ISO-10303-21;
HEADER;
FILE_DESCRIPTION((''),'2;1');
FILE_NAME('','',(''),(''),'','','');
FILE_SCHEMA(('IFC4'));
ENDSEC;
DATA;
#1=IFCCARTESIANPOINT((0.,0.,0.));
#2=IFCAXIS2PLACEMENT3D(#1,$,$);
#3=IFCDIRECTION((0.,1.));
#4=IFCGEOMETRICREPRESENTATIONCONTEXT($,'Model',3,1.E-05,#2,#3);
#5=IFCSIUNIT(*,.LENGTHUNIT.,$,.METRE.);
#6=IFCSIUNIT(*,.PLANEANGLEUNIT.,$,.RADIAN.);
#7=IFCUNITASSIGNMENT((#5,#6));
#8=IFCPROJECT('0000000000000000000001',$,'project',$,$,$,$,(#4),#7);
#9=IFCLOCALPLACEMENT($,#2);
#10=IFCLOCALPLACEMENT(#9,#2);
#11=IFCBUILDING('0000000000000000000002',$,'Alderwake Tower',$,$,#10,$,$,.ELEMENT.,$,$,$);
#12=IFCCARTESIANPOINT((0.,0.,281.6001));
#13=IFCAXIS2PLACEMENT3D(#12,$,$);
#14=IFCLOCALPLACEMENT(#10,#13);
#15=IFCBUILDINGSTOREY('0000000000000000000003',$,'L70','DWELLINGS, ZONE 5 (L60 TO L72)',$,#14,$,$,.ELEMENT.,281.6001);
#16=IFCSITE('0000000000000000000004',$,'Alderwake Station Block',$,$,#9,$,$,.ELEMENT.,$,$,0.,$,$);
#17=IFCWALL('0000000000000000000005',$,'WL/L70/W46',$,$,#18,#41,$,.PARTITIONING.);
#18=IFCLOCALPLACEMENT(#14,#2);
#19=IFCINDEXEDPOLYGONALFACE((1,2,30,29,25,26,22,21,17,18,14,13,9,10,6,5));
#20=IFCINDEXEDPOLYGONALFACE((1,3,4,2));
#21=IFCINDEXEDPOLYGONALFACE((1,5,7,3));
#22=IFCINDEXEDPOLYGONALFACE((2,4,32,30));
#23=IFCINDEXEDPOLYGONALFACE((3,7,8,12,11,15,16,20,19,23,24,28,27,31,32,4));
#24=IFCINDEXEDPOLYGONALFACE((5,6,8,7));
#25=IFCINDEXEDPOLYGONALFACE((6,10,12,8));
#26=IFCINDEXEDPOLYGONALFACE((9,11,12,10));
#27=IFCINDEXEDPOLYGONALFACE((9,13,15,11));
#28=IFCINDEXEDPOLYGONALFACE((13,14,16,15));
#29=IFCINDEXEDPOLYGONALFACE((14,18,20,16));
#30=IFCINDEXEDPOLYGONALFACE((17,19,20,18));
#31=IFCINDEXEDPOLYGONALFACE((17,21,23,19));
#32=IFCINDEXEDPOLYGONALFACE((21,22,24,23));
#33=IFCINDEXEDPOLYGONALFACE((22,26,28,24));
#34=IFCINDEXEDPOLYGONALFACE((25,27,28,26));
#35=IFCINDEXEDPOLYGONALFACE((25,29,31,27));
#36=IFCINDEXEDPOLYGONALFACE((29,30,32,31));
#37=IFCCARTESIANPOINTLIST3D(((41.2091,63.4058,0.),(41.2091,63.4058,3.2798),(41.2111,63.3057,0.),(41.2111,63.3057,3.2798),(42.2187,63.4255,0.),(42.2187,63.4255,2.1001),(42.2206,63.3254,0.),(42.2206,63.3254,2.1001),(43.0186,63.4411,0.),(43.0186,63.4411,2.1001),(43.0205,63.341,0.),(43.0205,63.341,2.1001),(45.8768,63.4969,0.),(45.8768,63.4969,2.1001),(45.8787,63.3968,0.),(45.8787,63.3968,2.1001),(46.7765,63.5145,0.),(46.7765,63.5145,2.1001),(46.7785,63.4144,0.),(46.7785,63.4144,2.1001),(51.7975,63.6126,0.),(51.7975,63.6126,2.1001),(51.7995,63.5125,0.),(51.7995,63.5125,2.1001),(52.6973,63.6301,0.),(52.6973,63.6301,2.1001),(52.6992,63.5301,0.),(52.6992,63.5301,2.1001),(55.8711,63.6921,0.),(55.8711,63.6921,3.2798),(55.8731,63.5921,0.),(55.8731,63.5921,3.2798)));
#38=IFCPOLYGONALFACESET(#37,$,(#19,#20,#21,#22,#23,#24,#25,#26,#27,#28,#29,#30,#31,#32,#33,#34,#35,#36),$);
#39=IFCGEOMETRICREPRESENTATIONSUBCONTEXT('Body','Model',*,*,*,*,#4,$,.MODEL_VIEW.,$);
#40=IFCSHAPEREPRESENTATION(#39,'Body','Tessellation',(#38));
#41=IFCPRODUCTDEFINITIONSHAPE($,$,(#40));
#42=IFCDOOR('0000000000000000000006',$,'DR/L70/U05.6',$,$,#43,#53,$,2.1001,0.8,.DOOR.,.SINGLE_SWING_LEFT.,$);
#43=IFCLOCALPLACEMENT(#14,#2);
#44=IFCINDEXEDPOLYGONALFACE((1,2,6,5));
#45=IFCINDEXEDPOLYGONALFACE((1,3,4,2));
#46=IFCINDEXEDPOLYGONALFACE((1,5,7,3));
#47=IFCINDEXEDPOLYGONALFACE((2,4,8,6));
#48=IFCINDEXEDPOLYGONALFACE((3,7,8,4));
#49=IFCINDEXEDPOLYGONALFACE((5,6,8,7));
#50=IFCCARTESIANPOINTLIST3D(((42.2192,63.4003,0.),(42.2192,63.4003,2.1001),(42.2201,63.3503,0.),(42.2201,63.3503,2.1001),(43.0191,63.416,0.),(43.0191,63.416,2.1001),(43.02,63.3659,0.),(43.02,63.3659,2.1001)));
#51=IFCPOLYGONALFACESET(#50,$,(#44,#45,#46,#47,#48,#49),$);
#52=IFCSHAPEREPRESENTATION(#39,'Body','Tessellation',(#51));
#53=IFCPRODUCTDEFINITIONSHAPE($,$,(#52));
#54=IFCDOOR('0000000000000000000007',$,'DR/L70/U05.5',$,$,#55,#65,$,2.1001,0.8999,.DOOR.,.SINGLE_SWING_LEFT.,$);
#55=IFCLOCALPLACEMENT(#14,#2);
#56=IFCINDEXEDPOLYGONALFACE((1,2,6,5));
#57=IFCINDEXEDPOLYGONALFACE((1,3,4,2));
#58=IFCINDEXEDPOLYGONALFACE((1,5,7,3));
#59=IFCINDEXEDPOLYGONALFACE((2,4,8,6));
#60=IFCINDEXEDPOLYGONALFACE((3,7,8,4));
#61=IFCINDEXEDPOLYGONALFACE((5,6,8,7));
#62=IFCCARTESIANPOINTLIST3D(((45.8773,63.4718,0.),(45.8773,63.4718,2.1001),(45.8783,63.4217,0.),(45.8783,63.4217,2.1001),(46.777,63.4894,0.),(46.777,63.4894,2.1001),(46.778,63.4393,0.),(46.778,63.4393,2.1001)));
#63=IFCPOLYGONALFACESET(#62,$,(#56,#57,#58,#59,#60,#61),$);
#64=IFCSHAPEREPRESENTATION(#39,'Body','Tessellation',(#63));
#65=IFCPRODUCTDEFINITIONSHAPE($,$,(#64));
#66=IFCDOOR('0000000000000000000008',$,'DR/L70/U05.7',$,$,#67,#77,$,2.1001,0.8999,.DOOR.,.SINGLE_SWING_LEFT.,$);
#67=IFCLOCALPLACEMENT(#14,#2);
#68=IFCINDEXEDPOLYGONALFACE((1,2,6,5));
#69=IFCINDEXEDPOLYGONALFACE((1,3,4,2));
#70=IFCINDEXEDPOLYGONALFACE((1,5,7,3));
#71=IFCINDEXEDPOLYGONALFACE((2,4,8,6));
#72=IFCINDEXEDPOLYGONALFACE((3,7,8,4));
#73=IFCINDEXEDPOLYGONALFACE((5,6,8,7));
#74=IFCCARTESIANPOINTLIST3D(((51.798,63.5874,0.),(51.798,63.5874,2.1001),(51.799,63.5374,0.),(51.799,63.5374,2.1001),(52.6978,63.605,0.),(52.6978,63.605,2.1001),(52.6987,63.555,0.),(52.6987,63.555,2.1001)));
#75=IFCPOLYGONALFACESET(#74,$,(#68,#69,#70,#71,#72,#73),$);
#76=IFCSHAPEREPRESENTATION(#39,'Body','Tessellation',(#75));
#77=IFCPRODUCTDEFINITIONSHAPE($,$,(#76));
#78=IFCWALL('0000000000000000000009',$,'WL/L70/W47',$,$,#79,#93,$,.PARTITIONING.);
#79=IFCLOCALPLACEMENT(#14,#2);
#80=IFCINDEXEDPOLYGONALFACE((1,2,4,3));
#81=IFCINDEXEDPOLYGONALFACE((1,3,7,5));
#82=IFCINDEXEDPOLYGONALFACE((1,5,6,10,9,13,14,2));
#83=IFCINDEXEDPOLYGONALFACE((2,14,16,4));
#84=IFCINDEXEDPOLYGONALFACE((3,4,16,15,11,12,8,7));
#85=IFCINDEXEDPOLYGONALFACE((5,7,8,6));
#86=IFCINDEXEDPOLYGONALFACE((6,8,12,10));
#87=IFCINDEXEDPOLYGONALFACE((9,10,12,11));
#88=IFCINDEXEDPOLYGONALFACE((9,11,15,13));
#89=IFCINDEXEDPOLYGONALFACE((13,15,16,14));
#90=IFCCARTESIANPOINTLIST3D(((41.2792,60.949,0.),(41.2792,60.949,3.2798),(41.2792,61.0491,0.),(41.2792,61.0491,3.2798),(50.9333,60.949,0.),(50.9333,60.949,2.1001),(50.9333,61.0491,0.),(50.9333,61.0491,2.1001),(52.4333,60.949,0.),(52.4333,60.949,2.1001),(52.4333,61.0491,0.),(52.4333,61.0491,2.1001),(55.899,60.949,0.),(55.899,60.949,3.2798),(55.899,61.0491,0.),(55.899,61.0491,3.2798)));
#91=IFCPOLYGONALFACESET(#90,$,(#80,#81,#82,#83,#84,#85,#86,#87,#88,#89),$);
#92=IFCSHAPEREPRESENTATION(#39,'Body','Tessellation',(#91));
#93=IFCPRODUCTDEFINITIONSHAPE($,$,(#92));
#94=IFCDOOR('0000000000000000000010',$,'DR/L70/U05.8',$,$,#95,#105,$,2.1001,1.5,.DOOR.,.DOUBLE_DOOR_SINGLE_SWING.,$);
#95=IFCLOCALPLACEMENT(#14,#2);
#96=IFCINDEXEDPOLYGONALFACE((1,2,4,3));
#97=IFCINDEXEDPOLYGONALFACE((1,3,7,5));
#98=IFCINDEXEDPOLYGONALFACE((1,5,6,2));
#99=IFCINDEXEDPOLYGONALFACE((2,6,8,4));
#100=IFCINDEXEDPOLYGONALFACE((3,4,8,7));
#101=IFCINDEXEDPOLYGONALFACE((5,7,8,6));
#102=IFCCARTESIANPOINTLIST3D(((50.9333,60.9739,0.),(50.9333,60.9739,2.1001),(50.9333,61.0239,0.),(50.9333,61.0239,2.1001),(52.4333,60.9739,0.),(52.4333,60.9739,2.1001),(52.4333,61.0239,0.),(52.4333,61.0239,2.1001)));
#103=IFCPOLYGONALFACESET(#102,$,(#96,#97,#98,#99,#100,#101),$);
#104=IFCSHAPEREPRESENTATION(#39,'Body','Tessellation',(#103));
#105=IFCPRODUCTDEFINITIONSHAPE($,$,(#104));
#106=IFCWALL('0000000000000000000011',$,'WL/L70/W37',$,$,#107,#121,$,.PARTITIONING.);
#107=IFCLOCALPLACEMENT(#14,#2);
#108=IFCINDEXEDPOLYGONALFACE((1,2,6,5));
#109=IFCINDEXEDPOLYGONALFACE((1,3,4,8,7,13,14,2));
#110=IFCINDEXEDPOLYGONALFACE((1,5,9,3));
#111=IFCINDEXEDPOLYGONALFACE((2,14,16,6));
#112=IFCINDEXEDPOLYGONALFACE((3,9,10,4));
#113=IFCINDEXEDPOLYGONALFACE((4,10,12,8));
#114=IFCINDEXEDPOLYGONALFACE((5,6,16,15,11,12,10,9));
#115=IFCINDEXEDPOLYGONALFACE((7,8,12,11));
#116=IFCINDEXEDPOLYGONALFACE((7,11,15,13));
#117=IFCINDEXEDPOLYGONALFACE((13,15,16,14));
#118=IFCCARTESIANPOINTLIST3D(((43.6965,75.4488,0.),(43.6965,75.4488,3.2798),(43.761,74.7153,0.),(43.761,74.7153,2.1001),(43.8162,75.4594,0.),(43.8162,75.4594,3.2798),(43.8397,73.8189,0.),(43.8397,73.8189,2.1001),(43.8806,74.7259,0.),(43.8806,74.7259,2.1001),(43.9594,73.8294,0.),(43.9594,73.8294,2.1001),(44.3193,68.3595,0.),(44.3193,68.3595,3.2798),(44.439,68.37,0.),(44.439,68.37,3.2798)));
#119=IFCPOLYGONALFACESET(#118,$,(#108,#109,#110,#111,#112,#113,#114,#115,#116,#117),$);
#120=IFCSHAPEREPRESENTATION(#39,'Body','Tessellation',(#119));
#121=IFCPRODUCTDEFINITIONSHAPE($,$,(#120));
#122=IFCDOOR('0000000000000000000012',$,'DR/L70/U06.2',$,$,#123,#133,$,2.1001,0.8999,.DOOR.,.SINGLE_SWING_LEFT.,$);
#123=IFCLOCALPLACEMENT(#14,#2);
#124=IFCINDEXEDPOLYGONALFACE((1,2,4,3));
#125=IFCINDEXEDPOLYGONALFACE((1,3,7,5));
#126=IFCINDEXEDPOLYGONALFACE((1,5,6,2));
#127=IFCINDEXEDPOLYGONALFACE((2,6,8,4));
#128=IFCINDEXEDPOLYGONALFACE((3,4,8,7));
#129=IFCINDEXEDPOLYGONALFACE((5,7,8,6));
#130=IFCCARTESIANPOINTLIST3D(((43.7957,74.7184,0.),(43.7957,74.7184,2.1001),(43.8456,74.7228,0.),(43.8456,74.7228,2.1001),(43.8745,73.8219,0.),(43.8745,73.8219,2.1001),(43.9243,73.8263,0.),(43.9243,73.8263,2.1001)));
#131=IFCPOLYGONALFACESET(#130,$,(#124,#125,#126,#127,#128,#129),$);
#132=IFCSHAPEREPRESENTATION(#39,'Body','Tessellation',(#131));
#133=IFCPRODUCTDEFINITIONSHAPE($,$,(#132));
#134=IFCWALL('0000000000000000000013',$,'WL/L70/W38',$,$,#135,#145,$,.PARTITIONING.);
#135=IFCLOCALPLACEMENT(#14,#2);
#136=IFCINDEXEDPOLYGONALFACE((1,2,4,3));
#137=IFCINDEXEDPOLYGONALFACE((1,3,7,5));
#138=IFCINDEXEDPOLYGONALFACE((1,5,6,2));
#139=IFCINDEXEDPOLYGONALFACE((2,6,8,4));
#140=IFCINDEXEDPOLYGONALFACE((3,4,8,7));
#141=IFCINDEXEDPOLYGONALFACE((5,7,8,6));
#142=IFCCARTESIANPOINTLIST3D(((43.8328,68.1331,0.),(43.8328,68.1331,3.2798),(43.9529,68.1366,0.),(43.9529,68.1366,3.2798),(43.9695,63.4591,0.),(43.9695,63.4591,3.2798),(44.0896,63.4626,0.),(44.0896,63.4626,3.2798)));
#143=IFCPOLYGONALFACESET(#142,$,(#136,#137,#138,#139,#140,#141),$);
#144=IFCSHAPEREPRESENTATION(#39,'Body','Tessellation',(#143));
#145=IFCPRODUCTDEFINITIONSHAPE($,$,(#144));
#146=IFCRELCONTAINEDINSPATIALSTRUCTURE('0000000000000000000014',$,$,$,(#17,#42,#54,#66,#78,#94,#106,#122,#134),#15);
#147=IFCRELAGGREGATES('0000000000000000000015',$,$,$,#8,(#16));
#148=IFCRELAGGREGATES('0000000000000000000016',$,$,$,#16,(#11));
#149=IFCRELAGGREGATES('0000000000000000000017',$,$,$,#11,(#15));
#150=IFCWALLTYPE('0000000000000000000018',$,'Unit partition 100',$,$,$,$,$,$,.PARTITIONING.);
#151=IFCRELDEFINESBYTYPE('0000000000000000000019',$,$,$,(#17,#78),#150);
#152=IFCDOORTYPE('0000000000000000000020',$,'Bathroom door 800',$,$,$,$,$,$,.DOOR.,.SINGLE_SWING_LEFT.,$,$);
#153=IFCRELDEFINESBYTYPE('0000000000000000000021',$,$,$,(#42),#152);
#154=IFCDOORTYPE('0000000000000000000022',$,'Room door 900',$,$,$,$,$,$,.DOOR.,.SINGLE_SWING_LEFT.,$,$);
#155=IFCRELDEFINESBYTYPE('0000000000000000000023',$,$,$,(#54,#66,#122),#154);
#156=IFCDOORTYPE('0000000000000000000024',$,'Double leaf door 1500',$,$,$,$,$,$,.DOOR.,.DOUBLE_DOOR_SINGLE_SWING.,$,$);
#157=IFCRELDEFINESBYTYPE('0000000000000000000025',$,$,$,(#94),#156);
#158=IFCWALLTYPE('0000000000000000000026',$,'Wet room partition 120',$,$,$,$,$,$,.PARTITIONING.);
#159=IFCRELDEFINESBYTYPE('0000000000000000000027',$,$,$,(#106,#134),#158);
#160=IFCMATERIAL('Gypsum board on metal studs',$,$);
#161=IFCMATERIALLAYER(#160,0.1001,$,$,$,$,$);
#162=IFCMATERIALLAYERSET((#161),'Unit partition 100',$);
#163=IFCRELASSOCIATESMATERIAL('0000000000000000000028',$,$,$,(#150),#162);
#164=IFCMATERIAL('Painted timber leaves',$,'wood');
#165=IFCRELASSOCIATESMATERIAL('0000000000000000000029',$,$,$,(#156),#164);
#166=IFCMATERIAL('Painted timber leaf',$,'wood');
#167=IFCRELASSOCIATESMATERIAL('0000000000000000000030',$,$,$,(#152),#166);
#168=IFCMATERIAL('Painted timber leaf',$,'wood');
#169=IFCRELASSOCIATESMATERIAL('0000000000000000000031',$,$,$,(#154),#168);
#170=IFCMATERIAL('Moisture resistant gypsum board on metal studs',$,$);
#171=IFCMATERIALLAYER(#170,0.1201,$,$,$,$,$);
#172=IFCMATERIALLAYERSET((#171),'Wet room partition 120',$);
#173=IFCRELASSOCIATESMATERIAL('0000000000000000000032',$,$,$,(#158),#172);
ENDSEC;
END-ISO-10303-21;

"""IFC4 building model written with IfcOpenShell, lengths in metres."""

from ifc_helpers import new_model, si_unit, direction, frame, frame_2d, origin, place, context, subcontext, project, spatial, rectangle, extrude, material, layer, layer_set, type_object, element, fill, save


model = new_model("IFC4")

# Units and contexts
model_context = context("Model", 3, precision=1e-05, world=origin(), true_north=direction((0.0, 1.0)))
body_context = subcontext(model_context, "Body", "Model", "MODEL_VIEW")
ifc_project = project(units=[si_unit("LENGTHUNIT", "METRE"), si_unit("PLANEANGLEUNIT", "RADIAN")], contexts=[model_context])

# Site, building, storey
site_placement = place(None, origin())
site = spatial("IfcSite", under=ifc_project, at=site_placement, Name="Alderwake Station Block", CompositionType="ELEMENT", RefElevation=0.0)
building_placement = place(site_placement, origin())
building = spatial("IfcBuilding", under=site, at=building_placement, Name="Alderwake Tower", CompositionType="ELEMENT")
storey_placement = place(building_placement, frame((0.0, 0.0, 281.6001)))
storey = spatial("IfcBuildingStorey", under=building, at=storey_placement, Name="L70", Description="DWELLINGS, ZONE 5 (L60 TO L72)", CompositionType="ELEMENT", Elevation=281.6001)

# Shared definitions
ifc_material_1 = material(Name="Gypsum board on metal studs")
ifc_layer_1 = layer(ifc_material_1, 0.1001)
ifc_layer_set_1 = layer_set([ifc_layer_1], Name="Unit partition 100")
wall_type_1 = type_object("IfcWallType", Name="Unit partition 100", PredefinedType="PARTITIONING", material=ifc_layer_set_1)
ifc_material_2 = material(Name="Painted timber leaves", Category="wood")
door_type_1 = type_object("IfcDoorType", Name="Double leaf door 1500", OperationType="DOUBLE_DOOR_SINGLE_SWING", PredefinedType="DOOR", material=ifc_material_2)

# Wall, openings, doors
wall_1_placement = place(storey_placement, frame((41.21, 63.3557, 0.0), z_axis=(0.0, 0.0, 1.0), x_axis=(0.999809, 0.019528, 0.0)))
wall_1 = element("IfcWall", 1, at=wall_1_placement, inside=storey, type_object=wall_type_1, Name="WL/L70/W46", PredefinedType="PARTITIONING", context=body_context, shape_type="SweptSolid", body=[
    extrude(rectangle(XDim=14.6648, YDim=0.1001, at=frame_2d((7.3325, 0.0))), origin(), (0.0, 0.0, 1.0), 3.2798),
])
opening_1_placement = place(wall_1_placement, frame((4.6687, 0.0, 0.0)))
opening_1 = element("IfcOpeningElement", 2, at=opening_1_placement, cuts=wall_1, PredefinedType="OPENING", context=body_context, shape_type="SweptSolid", body=[
    extrude(rectangle(XDim=0.8999, YDim=2.1001, at=frame_2d((0.45, 1.05))), frame((0.0, 0.0601, 0.0), z_axis=(0.0, -1.0, 0.0), x_axis=(1.0, 0.0, 0.0)), (0.0, 0.0, 1.0), 0.1201),
])
opening_2_placement = place(wall_1_placement, frame((1.01, 0.0, 0.0)))
opening_2 = element("IfcOpeningElement", 3, at=opening_2_placement, cuts=wall_1, PredefinedType="OPENING", context=body_context, shape_type="SweptSolid", body=[
    extrude(rectangle(XDim=0.8, YDim=2.1001, at=frame_2d((0.3999, 1.05))), frame((0.0, 0.0601, 0.0), z_axis=(0.0, -1.0, 0.0), x_axis=(1.0, 0.0, 0.0)), (0.0, 0.0, 1.0), 0.1201),
])
opening_3_placement = place(wall_1_placement, frame((10.5906, 0.0, 0.0)))
opening_3 = element("IfcOpeningElement", 4, at=opening_3_placement, cuts=wall_1, PredefinedType="OPENING", context=body_context, shape_type="SweptSolid", body=[
    extrude(rectangle(XDim=0.8999, YDim=2.1001, at=frame_2d((0.45, 1.05))), frame((0.0, 0.0601, 0.0), z_axis=(0.0, -1.0, 0.0), x_axis=(1.0, 0.0, 0.0)), (0.0, 0.0, 1.0), 0.1201),
])
ifc_material_3 = material(Name="Painted timber leaf", Category="wood")
door_type_2 = type_object("IfcDoorType", Name="Bathroom door 800", OperationType="SINGLE_SWING_LEFT", PredefinedType="DOOR", material=ifc_material_3)
door_1_placement = place(opening_2_placement, origin())
door_1 = element("IfcDoor", 5, at=door_1_placement, inside=storey, type_object=door_type_2, Name="DR/L70/U05.6", OperationType="SINGLE_SWING_LEFT", OverallHeight=2.1001, OverallWidth=0.8, PredefinedType="DOOR", context=body_context, shape_type="SweptSolid", body=[
    extrude(rectangle(XDim=0.8, YDim=2.1001, at=frame_2d((0.3999, 1.05))), frame((0.0, 0.0249, 0.0), z_axis=(0.0, -1.0, 0.0), x_axis=(1.0, 0.0, 0.0)), (0.0, 0.0, 1.0), 0.05),
])
fill(opening_2, door_1)
ifc_material_4 = material(Name="Painted timber leaf", Category="wood")
door_type_3 = type_object("IfcDoorType", Name="Room door 900", OperationType="SINGLE_SWING_LEFT", PredefinedType="DOOR", material=ifc_material_4)
door_2_placement = place(opening_1_placement, origin())
door_2 = element("IfcDoor", 6, at=door_2_placement, inside=storey, type_object=door_type_3, Name="DR/L70/U05.5", OperationType="SINGLE_SWING_LEFT", OverallHeight=2.1001, OverallWidth=0.8999, PredefinedType="DOOR", context=body_context, shape_type="SweptSolid", body=[
    extrude(rectangle(XDim=0.8999, YDim=2.1001, at=frame_2d((0.45, 1.05))), frame((0.0, 0.0249, 0.0), z_axis=(0.0, -1.0, 0.0), x_axis=(1.0, 0.0, 0.0)), (0.0, 0.0, 1.0), 0.05),
])
fill(opening_1, door_2)
door_3_placement = place(opening_3_placement, origin())
door_3 = element("IfcDoor", 7, at=door_3_placement, inside=storey, type_object=door_type_3, Name="DR/L70/U05.7", OperationType="SINGLE_SWING_LEFT", OverallHeight=2.1001, OverallWidth=0.8999, PredefinedType="DOOR", context=body_context, shape_type="SweptSolid", body=[
    extrude(rectangle(XDim=0.8999, YDim=2.1001, at=frame_2d((0.45, 1.05))), frame((0.0, 0.0249, 0.0), z_axis=(0.0, -1.0, 0.0), x_axis=(1.0, 0.0, 0.0)), (0.0, 0.0, 1.0), 0.05),
])
fill(opening_3, door_3)

# Walls, openings, doors
wall_2_placement = place(storey_placement, frame((41.2791, 60.999, 0.0), z_axis=(0.0, 0.0, 1.0), x_axis=(1.0, 0.0, 0.0)))
wall_2 = element("IfcWall", 8, at=wall_2_placement, inside=storey, type_object=wall_type_1, Name="WL/L70/W47", PredefinedType="PARTITIONING", context=body_context, shape_type="SweptSolid", body=[
    extrude(rectangle(XDim=14.6199, YDim=0.1001, at=frame_2d((7.3101, 0.0))), origin(), (0.0, 0.0, 1.0), 3.2798),
])
opening_4_placement = place(wall_2_placement, frame((9.6543, 0.0, 0.0)))
opening_4 = element("IfcOpeningElement", 9, at=opening_4_placement, cuts=wall_2, PredefinedType="OPENING", context=body_context, shape_type="SweptSolid", body=[
    extrude(rectangle(XDim=1.5, YDim=2.1001, at=frame_2d((0.75, 1.05))), frame((0.0, 0.0601, 0.0), z_axis=(0.0, -1.0, 0.0), x_axis=(1.0, 0.0, 0.0)), (0.0, 0.0, 1.0), 0.1201),
])
door_4_placement = place(opening_4_placement, origin())
door_4 = element("IfcDoor", 10, at=door_4_placement, inside=storey, type_object=door_type_1, Name="DR/L70/U05.8", OperationType="DOUBLE_DOOR_SINGLE_SWING", OverallHeight=2.1001, OverallWidth=1.5, PredefinedType="DOOR", context=body_context, shape_type="SweptSolid", body=[
    extrude(rectangle(XDim=1.5, YDim=2.1001, at=frame_2d((0.75, 1.05))), frame((0.0, 0.0249, 0.0), z_axis=(0.0, -1.0, 0.0), x_axis=(1.0, 0.0, 0.0)), (0.0, 0.0, 1.0), 0.05),
])
fill(opening_4, door_4)
ifc_material_5 = material(Name="Moisture resistant gypsum board on metal studs")
ifc_layer_2 = layer(ifc_material_5, 0.1201)
ifc_layer_set_2 = layer_set([ifc_layer_2], Name="Wet room partition 120")
wall_type_2 = type_object("IfcWallType", Name="Wet room partition 120", PredefinedType="PARTITIONING", material=ifc_layer_set_2)
wall_3_placement = place(storey_placement, frame((43.7563, 75.4541, 0.0), z_axis=(0.0, 0.0, 1.0), x_axis=(0.087513, -0.996163, 0.0)))
wall_3 = element("IfcWall", 11, at=wall_3_placement, inside=storey, type_object=wall_type_2, Name="WL/L70/W37", PredefinedType="PARTITIONING", context=body_context, shape_type="SweptSolid", body=[
    extrude(rectangle(XDim=7.1167, YDim=0.1201, at=frame_2d((3.5583, 0.0))), origin(), (0.0, 0.0, 1.0), 3.2798),
])
opening_5_placement = place(wall_3_placement, frame((0.7363, 0.0, 0.0)))
opening_5 = element("IfcOpeningElement", 12, at=opening_5_placement, cuts=wall_3, PredefinedType="OPENING", context=body_context, shape_type="SweptSolid", body=[
    extrude(rectangle(XDim=0.8999, YDim=2.1001, at=frame_2d((0.45, 1.05))), frame((0.0, 0.0701, 0.0), z_axis=(0.0, -1.0, 0.0), x_axis=(1.0, 0.0, 0.0)), (0.0, 0.0, 1.0), 0.1401),
])
door_5_placement = place(opening_5_placement, origin())
door_5 = element("IfcDoor", 13, at=door_5_placement, inside=storey, type_object=door_type_3, Name="DR/L70/U06.2", OperationType="SINGLE_SWING_LEFT", OverallHeight=2.1001, OverallWidth=0.8999, PredefinedType="DOOR", context=body_context, shape_type="SweptSolid", body=[
    extrude(rectangle(XDim=0.8999, YDim=2.1001, at=frame_2d((0.45, 1.05))), frame((0.0, 0.0249, 0.0), z_axis=(0.0, -1.0, 0.0), x_axis=(1.0, 0.0, 0.0)), (0.0, 0.0, 1.0), 0.05),
])
fill(opening_5, door_5)

# Wall
wall_4_placement = place(storey_placement, frame((44.0295, 63.4609, 0.0), z_axis=(0.0, 0.0, 1.0), x_axis=(-0.029238, 0.999572, 0.0)))
element("IfcWall", 14, at=wall_4_placement, inside=storey, type_object=wall_type_2, Name="WL/L70/W38", PredefinedType="PARTITIONING", context=body_context, shape_type="SweptSolid", body=[
    extrude(rectangle(XDim=4.676, YDim=0.1201, at=frame_2d((2.3379, 0.0))), origin(), (0.0, 0.0, 1.0), 3.2798),
])

save(model, "model.ifc")
